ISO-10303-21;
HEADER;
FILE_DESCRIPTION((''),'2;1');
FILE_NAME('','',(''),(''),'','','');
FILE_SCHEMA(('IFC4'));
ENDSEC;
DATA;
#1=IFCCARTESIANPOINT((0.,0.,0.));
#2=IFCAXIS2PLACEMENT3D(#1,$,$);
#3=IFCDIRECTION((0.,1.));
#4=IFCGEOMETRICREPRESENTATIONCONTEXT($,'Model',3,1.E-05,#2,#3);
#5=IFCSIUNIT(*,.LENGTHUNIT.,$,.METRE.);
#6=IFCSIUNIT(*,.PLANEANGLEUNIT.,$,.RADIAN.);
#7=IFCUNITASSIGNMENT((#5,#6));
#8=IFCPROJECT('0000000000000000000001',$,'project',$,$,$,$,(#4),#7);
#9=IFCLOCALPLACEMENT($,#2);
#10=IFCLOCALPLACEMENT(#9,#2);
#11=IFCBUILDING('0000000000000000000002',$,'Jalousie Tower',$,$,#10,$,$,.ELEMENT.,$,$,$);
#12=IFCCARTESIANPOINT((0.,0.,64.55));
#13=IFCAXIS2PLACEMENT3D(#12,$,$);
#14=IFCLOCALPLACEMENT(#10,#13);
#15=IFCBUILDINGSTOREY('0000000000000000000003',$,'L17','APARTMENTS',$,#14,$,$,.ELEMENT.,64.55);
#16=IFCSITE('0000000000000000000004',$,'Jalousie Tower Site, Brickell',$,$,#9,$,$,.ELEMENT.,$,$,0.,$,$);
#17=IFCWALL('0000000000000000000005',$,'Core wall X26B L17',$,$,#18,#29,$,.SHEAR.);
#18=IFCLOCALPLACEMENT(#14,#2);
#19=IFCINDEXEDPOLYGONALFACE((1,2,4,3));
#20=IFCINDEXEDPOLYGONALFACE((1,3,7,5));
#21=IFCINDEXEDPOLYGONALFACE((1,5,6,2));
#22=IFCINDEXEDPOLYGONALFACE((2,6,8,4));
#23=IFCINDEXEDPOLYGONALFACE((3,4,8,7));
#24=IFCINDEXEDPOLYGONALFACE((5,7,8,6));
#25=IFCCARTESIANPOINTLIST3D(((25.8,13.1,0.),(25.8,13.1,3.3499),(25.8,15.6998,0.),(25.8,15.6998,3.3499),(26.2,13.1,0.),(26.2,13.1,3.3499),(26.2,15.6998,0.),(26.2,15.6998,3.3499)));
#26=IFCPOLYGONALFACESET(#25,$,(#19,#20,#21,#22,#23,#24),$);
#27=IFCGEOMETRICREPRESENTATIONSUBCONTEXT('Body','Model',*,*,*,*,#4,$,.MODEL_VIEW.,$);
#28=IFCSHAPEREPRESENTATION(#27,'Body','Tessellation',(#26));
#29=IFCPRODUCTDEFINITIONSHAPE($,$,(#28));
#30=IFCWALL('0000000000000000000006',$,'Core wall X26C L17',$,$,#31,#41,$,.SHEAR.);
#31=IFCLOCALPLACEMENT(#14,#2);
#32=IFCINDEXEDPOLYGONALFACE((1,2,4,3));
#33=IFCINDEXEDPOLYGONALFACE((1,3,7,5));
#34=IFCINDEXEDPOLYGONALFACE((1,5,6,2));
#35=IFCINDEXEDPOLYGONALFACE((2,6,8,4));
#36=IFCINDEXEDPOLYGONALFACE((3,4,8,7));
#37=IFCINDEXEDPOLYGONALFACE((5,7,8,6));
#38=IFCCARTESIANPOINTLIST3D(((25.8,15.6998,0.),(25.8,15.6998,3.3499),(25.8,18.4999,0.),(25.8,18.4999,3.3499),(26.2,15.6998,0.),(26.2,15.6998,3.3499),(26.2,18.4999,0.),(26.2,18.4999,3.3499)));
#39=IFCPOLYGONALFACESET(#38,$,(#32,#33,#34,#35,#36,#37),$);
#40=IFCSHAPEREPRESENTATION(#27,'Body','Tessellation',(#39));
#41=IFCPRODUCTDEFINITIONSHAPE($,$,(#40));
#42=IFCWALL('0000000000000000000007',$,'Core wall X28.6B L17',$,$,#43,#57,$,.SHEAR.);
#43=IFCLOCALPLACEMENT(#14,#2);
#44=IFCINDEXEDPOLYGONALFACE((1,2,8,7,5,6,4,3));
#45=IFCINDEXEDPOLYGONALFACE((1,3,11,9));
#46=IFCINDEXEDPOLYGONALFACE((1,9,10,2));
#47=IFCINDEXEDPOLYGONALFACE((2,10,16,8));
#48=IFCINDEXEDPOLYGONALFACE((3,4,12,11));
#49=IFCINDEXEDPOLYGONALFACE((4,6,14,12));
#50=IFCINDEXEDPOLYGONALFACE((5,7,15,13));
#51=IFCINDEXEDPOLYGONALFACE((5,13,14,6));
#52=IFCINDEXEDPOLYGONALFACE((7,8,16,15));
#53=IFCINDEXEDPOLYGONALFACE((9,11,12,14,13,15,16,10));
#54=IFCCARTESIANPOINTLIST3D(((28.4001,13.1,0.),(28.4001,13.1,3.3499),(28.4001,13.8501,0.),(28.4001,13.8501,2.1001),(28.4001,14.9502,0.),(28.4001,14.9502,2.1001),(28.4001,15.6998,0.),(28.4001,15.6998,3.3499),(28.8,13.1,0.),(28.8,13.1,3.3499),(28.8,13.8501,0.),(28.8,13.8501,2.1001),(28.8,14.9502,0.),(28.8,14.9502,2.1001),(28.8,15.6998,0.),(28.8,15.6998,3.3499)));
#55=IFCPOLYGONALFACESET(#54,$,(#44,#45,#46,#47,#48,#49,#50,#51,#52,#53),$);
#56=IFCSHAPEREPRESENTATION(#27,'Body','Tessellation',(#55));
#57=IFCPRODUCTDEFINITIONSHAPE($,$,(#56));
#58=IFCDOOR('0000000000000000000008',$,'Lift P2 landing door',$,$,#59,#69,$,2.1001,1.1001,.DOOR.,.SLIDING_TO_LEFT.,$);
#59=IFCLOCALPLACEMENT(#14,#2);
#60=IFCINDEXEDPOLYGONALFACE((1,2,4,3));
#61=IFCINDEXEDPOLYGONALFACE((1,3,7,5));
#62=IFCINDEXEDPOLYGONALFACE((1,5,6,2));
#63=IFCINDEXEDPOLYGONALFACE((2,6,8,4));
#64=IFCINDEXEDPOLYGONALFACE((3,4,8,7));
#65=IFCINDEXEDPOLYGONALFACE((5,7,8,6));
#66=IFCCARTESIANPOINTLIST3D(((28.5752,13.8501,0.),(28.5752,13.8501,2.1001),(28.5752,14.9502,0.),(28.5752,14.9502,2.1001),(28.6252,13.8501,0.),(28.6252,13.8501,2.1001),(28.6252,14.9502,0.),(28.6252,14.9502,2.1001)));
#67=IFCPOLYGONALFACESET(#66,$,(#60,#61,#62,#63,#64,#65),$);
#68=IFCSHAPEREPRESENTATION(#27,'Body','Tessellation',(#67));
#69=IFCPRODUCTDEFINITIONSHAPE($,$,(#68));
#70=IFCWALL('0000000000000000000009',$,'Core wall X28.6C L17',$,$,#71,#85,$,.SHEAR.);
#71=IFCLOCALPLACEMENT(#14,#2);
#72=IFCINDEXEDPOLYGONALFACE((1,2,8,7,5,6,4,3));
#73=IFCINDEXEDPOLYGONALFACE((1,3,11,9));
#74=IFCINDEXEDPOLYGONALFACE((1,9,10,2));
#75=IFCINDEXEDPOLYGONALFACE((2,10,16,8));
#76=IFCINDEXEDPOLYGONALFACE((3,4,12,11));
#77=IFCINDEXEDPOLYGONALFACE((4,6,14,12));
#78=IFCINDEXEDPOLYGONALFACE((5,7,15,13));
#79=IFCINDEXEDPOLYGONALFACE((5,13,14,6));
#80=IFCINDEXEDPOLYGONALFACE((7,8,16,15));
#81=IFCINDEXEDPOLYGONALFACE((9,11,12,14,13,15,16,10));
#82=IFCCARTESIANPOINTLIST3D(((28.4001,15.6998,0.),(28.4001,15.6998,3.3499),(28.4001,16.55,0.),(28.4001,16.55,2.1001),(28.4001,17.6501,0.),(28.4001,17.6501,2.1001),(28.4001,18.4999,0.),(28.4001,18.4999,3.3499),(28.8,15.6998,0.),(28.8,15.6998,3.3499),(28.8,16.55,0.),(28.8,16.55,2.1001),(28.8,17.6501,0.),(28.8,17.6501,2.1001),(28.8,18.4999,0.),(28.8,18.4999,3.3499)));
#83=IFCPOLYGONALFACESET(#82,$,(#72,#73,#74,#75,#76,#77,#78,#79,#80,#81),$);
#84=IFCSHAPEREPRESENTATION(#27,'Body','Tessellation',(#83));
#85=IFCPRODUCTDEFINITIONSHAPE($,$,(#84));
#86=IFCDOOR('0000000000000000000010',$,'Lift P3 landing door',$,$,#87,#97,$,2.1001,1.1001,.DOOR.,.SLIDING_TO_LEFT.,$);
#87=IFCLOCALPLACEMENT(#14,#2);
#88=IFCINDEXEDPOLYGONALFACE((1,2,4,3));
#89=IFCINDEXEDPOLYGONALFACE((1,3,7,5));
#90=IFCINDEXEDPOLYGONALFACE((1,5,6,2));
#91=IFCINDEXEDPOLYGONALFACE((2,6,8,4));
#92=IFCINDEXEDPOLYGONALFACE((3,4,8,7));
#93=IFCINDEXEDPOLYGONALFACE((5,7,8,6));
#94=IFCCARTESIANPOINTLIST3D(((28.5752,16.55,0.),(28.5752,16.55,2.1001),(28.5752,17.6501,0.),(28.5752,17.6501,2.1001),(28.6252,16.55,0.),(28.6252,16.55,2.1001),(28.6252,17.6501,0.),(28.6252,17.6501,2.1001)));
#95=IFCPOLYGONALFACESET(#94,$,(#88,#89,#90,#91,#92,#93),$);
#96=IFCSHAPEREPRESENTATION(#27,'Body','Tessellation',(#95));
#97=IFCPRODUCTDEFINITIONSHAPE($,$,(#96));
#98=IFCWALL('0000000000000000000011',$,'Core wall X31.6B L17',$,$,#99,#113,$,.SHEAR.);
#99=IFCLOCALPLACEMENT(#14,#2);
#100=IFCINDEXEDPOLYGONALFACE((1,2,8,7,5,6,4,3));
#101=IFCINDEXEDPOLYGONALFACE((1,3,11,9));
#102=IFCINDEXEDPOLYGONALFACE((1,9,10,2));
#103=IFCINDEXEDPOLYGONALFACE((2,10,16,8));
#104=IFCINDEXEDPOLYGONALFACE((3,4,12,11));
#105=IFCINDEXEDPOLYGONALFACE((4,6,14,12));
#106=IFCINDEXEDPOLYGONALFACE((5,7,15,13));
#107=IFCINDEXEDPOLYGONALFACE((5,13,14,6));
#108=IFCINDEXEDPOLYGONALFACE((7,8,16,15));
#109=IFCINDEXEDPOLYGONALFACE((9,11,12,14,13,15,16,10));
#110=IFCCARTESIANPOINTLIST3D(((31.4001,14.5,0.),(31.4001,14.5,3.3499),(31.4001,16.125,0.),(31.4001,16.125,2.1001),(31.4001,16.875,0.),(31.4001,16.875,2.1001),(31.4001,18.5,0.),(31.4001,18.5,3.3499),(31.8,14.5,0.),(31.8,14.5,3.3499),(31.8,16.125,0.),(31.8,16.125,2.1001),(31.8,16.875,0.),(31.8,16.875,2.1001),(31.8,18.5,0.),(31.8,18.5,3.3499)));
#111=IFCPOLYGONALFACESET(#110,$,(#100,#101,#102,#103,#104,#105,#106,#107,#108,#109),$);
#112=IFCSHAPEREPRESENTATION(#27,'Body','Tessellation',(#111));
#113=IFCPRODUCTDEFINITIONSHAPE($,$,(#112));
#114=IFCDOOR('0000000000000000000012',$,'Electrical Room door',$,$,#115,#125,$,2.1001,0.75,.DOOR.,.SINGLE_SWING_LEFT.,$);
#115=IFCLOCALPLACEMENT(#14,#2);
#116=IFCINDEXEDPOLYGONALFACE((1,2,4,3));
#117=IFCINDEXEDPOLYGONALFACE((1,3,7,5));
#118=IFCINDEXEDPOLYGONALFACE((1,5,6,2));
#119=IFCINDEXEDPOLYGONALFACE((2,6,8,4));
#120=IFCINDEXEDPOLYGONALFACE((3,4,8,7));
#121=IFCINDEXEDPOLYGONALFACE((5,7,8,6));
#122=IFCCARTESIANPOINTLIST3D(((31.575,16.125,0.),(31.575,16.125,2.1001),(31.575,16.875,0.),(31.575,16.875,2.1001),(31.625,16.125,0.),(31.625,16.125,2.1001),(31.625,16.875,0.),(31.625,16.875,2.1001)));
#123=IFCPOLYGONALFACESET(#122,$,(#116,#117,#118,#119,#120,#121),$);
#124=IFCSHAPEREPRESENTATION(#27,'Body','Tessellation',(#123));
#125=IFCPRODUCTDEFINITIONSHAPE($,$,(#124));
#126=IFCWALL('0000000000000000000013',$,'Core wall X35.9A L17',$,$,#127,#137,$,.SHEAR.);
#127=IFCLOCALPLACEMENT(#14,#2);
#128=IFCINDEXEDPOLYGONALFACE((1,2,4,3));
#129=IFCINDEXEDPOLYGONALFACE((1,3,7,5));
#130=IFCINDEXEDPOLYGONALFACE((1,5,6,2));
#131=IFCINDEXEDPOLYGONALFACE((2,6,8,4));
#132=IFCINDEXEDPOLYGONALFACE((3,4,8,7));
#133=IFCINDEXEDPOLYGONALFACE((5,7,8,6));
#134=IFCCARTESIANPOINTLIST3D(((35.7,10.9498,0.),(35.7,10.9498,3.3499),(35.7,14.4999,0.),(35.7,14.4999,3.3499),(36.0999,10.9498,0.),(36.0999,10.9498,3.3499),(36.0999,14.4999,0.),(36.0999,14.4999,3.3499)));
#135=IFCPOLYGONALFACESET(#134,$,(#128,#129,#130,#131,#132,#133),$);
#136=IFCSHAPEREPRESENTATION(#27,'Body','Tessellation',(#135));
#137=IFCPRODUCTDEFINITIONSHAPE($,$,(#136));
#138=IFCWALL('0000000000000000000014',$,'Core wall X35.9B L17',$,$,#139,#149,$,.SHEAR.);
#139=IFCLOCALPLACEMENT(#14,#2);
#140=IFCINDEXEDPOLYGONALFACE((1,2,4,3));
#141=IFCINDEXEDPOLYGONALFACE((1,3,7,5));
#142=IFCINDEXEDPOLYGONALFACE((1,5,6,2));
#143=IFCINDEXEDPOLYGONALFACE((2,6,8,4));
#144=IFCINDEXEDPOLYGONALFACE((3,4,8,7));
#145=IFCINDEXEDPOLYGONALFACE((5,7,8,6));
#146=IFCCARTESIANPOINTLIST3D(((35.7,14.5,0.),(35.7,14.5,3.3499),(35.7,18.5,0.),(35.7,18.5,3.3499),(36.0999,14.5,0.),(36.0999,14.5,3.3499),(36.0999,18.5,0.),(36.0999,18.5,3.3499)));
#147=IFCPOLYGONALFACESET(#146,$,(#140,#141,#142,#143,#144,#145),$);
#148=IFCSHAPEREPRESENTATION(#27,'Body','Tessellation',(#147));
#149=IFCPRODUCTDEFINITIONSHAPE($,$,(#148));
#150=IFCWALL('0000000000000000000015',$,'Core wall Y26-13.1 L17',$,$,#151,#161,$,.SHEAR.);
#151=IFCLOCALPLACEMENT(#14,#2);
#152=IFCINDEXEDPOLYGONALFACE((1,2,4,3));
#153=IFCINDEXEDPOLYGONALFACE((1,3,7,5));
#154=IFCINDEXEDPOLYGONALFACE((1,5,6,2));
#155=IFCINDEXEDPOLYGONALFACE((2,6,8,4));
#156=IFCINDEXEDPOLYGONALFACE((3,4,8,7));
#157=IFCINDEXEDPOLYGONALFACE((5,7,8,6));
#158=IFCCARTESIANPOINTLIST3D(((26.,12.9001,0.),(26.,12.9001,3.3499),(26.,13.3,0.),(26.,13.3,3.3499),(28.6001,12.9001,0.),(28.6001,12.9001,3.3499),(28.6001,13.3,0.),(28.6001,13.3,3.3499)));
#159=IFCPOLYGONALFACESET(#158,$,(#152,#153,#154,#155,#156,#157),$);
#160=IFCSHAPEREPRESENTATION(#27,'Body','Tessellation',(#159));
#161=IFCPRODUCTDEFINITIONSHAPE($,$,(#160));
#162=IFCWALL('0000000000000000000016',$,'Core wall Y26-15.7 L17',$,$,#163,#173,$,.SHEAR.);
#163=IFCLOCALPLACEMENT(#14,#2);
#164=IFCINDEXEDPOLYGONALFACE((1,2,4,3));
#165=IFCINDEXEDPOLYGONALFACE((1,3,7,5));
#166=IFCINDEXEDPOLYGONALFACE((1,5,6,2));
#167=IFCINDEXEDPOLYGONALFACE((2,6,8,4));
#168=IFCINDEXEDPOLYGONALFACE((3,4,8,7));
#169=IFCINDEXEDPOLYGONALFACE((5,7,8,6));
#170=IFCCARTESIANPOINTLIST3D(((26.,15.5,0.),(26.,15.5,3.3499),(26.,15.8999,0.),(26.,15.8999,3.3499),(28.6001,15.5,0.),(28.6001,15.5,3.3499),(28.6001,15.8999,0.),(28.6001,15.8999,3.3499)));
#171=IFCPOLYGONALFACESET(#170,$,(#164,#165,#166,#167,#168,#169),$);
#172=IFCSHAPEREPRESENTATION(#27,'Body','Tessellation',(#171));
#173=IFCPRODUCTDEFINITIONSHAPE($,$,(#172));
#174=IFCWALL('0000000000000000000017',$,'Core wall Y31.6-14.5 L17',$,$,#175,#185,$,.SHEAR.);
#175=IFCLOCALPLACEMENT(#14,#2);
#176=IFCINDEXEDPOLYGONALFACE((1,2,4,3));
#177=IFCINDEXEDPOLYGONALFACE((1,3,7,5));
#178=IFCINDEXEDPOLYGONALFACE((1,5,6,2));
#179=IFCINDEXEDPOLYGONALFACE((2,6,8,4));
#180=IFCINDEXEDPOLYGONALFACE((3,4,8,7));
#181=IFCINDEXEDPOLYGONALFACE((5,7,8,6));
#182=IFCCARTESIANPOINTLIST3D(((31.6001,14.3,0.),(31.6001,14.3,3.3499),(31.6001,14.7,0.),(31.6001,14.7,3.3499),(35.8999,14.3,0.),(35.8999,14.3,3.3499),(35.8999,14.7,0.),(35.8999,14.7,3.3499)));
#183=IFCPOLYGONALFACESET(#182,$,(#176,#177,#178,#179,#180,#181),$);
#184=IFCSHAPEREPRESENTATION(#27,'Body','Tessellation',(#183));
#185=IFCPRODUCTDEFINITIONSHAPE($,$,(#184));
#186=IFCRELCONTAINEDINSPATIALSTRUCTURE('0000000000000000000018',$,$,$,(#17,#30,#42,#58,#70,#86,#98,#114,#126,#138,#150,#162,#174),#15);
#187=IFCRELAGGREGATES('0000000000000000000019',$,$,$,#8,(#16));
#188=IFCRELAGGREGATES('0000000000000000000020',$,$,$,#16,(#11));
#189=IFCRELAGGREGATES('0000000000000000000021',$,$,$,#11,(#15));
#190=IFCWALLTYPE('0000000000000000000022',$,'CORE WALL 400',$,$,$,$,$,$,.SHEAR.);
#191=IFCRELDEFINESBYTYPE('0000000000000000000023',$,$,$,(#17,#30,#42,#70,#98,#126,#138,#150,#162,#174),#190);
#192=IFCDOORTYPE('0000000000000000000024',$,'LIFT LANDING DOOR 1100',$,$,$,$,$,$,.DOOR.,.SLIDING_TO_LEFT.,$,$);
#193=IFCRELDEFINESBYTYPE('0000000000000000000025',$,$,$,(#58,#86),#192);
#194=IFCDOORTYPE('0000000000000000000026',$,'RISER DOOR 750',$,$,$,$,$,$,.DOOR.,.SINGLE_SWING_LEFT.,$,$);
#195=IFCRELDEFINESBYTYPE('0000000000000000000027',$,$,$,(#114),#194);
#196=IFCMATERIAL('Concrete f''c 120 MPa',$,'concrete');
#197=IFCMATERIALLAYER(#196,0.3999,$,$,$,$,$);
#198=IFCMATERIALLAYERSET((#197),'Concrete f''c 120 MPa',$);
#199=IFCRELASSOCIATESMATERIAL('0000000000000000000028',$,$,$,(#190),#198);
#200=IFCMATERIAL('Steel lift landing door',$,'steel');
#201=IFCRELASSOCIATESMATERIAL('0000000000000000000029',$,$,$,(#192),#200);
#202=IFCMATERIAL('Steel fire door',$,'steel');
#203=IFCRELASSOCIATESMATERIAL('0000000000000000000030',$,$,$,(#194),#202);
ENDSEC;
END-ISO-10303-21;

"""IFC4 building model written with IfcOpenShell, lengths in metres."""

from ifc_helpers import new_model, si_unit, direction, frame, frame_2d, origin, place, context, subcontext, project, spatial, rectangle, extrude, material, layer, layer_set, type_object, element, fill, save


model = new_model("IFC4")

# Units and contexts
model_context = context("Model", 3, precision=1e-05, world=origin(), true_north=direction((0.0, 1.0)))
body_context = subcontext(model_context, "Body", "Model", "MODEL_VIEW")
ifc_project = project(units=[si_unit("LENGTHUNIT", "METRE"), si_unit("PLANEANGLEUNIT", "RADIAN")], contexts=[model_context])

# Site, building, storey
site_placement = place(None, origin())
site = spatial("IfcSite", under=ifc_project, at=site_placement, Name="Jalousie Tower Site, Brickell", CompositionType="ELEMENT", RefElevation=0.0)
building_placement = place(site_placement, origin())
building = spatial("IfcBuilding", under=site, at=building_placement, Name="Jalousie Tower", CompositionType="ELEMENT")
storey_placement = place(building_placement, frame((0.0, 0.0, 64.55)))
storey = spatial("IfcBuildingStorey", under=building, at=storey_placement, Name="L17", Description="APARTMENTS", CompositionType="ELEMENT", Elevation=64.55)

# Walls
ifc_material_1 = material(Name="Concrete f'c 120 MPa", Category="concrete")
ifc_layer = layer(ifc_material_1, 0.3999)
ifc_layer_set = layer_set([ifc_layer], Name="Concrete f'c 120 MPa")
wall_type = type_object("IfcWallType", Name="CORE WALL 400", PredefinedType="SHEAR", material=ifc_layer_set)
wall_1_placement = place(storey_placement, frame((26.0, 13.1001, 0.0), z_axis=(0.0, 0.0, 1.0), x_axis=(0.0, 1.0, 0.0)))
element("IfcWall", 1, at=wall_1_placement, inside=storey, type_object=wall_type, Name="Core wall X26B L17", PredefinedType="SHEAR", context=body_context, shape_type="SweptSolid", body=[
    extrude(rectangle(XDim=2.5999, YDim=0.3999, at=frame_2d((1.2998, 0.0))), origin(), (0.0, 0.0, 1.0), 3.3499),
])
wall_2_placement = place(storey_placement, frame((26.0, 15.7, 0.0), z_axis=(0.0, 0.0, 1.0), x_axis=(0.0, 1.0, 0.0)))
element("IfcWall", 2, at=wall_2_placement, inside=storey, type_object=wall_type, Name="Core wall X26C L17", PredefinedType="SHEAR", context=body_context, shape_type="SweptSolid", body=[
    extrude(rectangle(XDim=2.8, YDim=0.3999, at=frame_2d((1.3999, 0.0))), origin(), (0.0, 0.0, 1.0), 3.3499),
])

# Walls, openings, doors
wall_3_placement = place(storey_placement, frame((28.6001, 13.1001, 0.0), z_axis=(0.0, 0.0, 1.0), x_axis=(0.0, 1.0, 0.0)))
wall_3 = element("IfcWall", 3, at=wall_3_placement, inside=storey, type_object=wall_type, Name="Core wall X28.6B L17", PredefinedType="SHEAR", context=body_context, shape_type="SweptSolid", body=[
    extrude(rectangle(XDim=2.5999, YDim=0.3999, at=frame_2d((1.2998, 0.0))), origin(), (0.0, 0.0, 1.0), 3.3499),
])
opening_1_placement = place(wall_3_placement, frame((0.75, 0.0, 0.0)))
opening_1 = element("IfcOpeningElement", 4, at=opening_1_placement, cuts=wall_3, PredefinedType="OPENING", context=body_context, shape_type="SweptSolid", body=[
    extrude(rectangle(XDim=1.1001, YDim=2.1001, at=frame_2d((0.55, 1.05))), frame((0.0, 0.21, 0.0), z_axis=(0.0, -1.0, 0.0), x_axis=(1.0, 0.0, 0.0)), (0.0, 0.0, 1.0), 0.4199),
])
ifc_material_2 = material(Name="Steel lift landing door", Category="steel")
door_type_1 = type_object("IfcDoorType", Name="LIFT LANDING DOOR 1100", OperationType="SLIDING_TO_LEFT", PredefinedType="DOOR", material=ifc_material_2)
door_1_placement = place(opening_1_placement, origin())
door_1 = element("IfcDoor", 5, at=door_1_placement, inside=storey, type_object=door_type_1, Name="Lift P2 landing door", OperationType="SLIDING_TO_LEFT", OverallHeight=2.1001, OverallWidth=1.1001, PredefinedType="DOOR", context=body_context, shape_type="SweptSolid", body=[
    extrude(rectangle(XDim=1.1001, YDim=2.1001, at=frame_2d((0.55, 1.05))), frame((0.0, 0.0249, 0.0), z_axis=(0.0, -1.0, 0.0), x_axis=(1.0, 0.0, 0.0)), (0.0, 0.0, 1.0), 0.05),
])
fill(opening_1, door_1)
wall_4_placement = place(storey_placement, frame((28.6001, 15.7, 0.0), z_axis=(0.0, 0.0, 1.0), x_axis=(0.0, 1.0, 0.0)))
wall_4 = element("IfcWall", 6, at=wall_4_placement, inside=storey, type_object=wall_type, Name="Core wall X28.6C L17", PredefinedType="SHEAR", context=body_context, shape_type="SweptSolid", body=[
    extrude(rectangle(XDim=2.8, YDim=0.3999, at=frame_2d((1.3999, 0.0))), origin(), (0.0, 0.0, 1.0), 3.3499),
])
opening_2_placement = place(wall_4_placement, frame((0.8501, 0.0, 0.0)))
opening_2 = element("IfcOpeningElement", 7, at=opening_2_placement, cuts=wall_4, PredefinedType="OPENING", context=body_context, shape_type="SweptSolid", body=[
    extrude(rectangle(XDim=1.1001, YDim=2.1001, at=frame_2d((0.55, 1.05))), frame((0.0, 0.21, 0.0), z_axis=(0.0, -1.0, 0.0), x_axis=(1.0, 0.0, 0.0)), (0.0, 0.0, 1.0), 0.4199),
])
door_2_placement = place(opening_2_placement, origin())
door_2 = element("IfcDoor", 8, at=door_2_placement, inside=storey, type_object=door_type_1, Name="Lift P3 landing door", OperationType="SLIDING_TO_LEFT", OverallHeight=2.1001, OverallWidth=1.1001, PredefinedType="DOOR", context=body_context, shape_type="SweptSolid", body=[
    extrude(rectangle(XDim=1.1001, YDim=2.1001, at=frame_2d((0.55, 1.05))), frame((0.0, 0.0249, 0.0), z_axis=(0.0, -1.0, 0.0), x_axis=(1.0, 0.0, 0.0)), (0.0, 0.0, 1.0), 0.05),
])
fill(opening_2, door_2)
wall_5_placement = place(storey_placement, frame((31.6001, 14.5, 0.0), z_axis=(0.0, 0.0, 1.0), x_axis=(0.0, 1.0, 0.0)))
wall_5 = element("IfcWall", 9, at=wall_5_placement, inside=storey, type_object=wall_type, Name="Core wall X31.6B L17", PredefinedType="SHEAR", context=body_context, shape_type="SweptSolid", body=[
    extrude(rectangle(XDim=4.0, YDim=0.3999, at=frame_2d((2.0, 0.0))), origin(), (0.0, 0.0, 1.0), 3.3499),
])
opening_3_placement = place(wall_5_placement, frame((1.625, 0.0, 0.0)))
opening_3 = element("IfcOpeningElement", 10, at=opening_3_placement, cuts=wall_5, PredefinedType="OPENING", context=body_context, shape_type="SweptSolid", body=[
    extrude(rectangle(XDim=0.75, YDim=2.1001, at=frame_2d((0.375, 1.05))), frame((0.0, 0.21, 0.0), z_axis=(0.0, -1.0, 0.0), x_axis=(1.0, 0.0, 0.0)), (0.0, 0.0, 1.0), 0.4199),
])
ifc_material_3 = material(Name="Steel fire door", Category="steel")
door_type_2 = type_object("IfcDoorType", Name="RISER DOOR 750", OperationType="SINGLE_SWING_LEFT", PredefinedType="DOOR", material=ifc_material_3)
door_3_placement = place(opening_3_placement, frame((0.75, 0.0, 0.0), z_axis=(0.0, 0.0, 1.0), x_axis=(-1.0, 0.0, 0.0)))
door_3 = element("IfcDoor", 11, at=door_3_placement, inside=storey, type_object=door_type_2, Name="Electrical Room door", OperationType="SINGLE_SWING_LEFT", OverallHeight=2.1001, OverallWidth=0.75, PredefinedType="DOOR", context=body_context, shape_type="SweptSolid", body=[
    extrude(rectangle(XDim=0.75, YDim=2.1001, at=frame_2d((0.375, 1.05))), frame((0.0, 0.0249, 0.0), z_axis=(0.0, -1.0, 0.0), x_axis=(1.0, 0.0, 0.0)), (0.0, 0.0, 1.0), 0.05),
])
fill(opening_3, door_3)

# Walls
wall_6_placement = place(storey_placement, frame((35.8999, 10.95, 0.0), z_axis=(0.0, 0.0, 1.0), x_axis=(0.0, 1.0, 0.0)))
element("IfcWall", 12, at=wall_6_placement, inside=storey, type_object=wall_type, Name="Core wall X35.9A L17", PredefinedType="SHEAR", context=body_context, shape_type="SweptSolid", body=[
    extrude(rectangle(XDim=3.55, YDim=0.3999, at=frame_2d((1.7749, 0.0))), origin(), (0.0, 0.0, 1.0), 3.3499),
])
wall_7_placement = place(storey_placement, frame((35.8999, 14.5, 0.0), z_axis=(0.0, 0.0, 1.0), x_axis=(0.0, 1.0, 0.0)))
element("IfcWall", 13, at=wall_7_placement, inside=storey, type_object=wall_type, Name="Core wall X35.9B L17", PredefinedType="SHEAR", context=body_context, shape_type="SweptSolid", body=[
    extrude(rectangle(XDim=4.0, YDim=0.3999, at=frame_2d((2.0, 0.0))), origin(), (0.0, 0.0, 1.0), 3.3499),
])
for number, where, z_axis, x_axis, name in (
    (14, (26.0, 13.1001, 0.0), (0.0, 0.0, 1.0), (1.0, 0.0, 0.0), "Core wall Y26-13.1 L17"),
    (15, (26.0, 15.7, 0.0), (0.0, 0.0, 1.0), (1.0, 0.0, 0.0), "Core wall Y26-15.7 L17"),
):
    element("IfcWall", number, at=place(storey_placement, frame(where, z_axis=z_axis, x_axis=x_axis)), inside=storey, type_object=wall_type, Name=name, PredefinedType="SHEAR", context=body_context, shape_type="SweptSolid", body=[
        extrude(rectangle(XDim=2.6001, YDim=0.3999, at=frame_2d((1.3, 0.0))), origin(), (0.0, 0.0, 1.0), 3.3499),
    ])
wall_8_placement = place(storey_placement, frame((31.6001, 14.5, 0.0), z_axis=(0.0, 0.0, 1.0), x_axis=(1.0, 0.0, 0.0)))
element("IfcWall", 16, at=wall_8_placement, inside=storey, type_object=wall_type, Name="Core wall Y31.6-14.5 L17", PredefinedType="SHEAR", context=body_context, shape_type="SweptSolid", body=[
    extrude(rectangle(XDim=4.2998, YDim=0.3999, at=frame_2d((2.1499, 0.0))), origin(), (0.0, 0.0, 1.0), 3.3499),
])

save(model, "model.ifc")
